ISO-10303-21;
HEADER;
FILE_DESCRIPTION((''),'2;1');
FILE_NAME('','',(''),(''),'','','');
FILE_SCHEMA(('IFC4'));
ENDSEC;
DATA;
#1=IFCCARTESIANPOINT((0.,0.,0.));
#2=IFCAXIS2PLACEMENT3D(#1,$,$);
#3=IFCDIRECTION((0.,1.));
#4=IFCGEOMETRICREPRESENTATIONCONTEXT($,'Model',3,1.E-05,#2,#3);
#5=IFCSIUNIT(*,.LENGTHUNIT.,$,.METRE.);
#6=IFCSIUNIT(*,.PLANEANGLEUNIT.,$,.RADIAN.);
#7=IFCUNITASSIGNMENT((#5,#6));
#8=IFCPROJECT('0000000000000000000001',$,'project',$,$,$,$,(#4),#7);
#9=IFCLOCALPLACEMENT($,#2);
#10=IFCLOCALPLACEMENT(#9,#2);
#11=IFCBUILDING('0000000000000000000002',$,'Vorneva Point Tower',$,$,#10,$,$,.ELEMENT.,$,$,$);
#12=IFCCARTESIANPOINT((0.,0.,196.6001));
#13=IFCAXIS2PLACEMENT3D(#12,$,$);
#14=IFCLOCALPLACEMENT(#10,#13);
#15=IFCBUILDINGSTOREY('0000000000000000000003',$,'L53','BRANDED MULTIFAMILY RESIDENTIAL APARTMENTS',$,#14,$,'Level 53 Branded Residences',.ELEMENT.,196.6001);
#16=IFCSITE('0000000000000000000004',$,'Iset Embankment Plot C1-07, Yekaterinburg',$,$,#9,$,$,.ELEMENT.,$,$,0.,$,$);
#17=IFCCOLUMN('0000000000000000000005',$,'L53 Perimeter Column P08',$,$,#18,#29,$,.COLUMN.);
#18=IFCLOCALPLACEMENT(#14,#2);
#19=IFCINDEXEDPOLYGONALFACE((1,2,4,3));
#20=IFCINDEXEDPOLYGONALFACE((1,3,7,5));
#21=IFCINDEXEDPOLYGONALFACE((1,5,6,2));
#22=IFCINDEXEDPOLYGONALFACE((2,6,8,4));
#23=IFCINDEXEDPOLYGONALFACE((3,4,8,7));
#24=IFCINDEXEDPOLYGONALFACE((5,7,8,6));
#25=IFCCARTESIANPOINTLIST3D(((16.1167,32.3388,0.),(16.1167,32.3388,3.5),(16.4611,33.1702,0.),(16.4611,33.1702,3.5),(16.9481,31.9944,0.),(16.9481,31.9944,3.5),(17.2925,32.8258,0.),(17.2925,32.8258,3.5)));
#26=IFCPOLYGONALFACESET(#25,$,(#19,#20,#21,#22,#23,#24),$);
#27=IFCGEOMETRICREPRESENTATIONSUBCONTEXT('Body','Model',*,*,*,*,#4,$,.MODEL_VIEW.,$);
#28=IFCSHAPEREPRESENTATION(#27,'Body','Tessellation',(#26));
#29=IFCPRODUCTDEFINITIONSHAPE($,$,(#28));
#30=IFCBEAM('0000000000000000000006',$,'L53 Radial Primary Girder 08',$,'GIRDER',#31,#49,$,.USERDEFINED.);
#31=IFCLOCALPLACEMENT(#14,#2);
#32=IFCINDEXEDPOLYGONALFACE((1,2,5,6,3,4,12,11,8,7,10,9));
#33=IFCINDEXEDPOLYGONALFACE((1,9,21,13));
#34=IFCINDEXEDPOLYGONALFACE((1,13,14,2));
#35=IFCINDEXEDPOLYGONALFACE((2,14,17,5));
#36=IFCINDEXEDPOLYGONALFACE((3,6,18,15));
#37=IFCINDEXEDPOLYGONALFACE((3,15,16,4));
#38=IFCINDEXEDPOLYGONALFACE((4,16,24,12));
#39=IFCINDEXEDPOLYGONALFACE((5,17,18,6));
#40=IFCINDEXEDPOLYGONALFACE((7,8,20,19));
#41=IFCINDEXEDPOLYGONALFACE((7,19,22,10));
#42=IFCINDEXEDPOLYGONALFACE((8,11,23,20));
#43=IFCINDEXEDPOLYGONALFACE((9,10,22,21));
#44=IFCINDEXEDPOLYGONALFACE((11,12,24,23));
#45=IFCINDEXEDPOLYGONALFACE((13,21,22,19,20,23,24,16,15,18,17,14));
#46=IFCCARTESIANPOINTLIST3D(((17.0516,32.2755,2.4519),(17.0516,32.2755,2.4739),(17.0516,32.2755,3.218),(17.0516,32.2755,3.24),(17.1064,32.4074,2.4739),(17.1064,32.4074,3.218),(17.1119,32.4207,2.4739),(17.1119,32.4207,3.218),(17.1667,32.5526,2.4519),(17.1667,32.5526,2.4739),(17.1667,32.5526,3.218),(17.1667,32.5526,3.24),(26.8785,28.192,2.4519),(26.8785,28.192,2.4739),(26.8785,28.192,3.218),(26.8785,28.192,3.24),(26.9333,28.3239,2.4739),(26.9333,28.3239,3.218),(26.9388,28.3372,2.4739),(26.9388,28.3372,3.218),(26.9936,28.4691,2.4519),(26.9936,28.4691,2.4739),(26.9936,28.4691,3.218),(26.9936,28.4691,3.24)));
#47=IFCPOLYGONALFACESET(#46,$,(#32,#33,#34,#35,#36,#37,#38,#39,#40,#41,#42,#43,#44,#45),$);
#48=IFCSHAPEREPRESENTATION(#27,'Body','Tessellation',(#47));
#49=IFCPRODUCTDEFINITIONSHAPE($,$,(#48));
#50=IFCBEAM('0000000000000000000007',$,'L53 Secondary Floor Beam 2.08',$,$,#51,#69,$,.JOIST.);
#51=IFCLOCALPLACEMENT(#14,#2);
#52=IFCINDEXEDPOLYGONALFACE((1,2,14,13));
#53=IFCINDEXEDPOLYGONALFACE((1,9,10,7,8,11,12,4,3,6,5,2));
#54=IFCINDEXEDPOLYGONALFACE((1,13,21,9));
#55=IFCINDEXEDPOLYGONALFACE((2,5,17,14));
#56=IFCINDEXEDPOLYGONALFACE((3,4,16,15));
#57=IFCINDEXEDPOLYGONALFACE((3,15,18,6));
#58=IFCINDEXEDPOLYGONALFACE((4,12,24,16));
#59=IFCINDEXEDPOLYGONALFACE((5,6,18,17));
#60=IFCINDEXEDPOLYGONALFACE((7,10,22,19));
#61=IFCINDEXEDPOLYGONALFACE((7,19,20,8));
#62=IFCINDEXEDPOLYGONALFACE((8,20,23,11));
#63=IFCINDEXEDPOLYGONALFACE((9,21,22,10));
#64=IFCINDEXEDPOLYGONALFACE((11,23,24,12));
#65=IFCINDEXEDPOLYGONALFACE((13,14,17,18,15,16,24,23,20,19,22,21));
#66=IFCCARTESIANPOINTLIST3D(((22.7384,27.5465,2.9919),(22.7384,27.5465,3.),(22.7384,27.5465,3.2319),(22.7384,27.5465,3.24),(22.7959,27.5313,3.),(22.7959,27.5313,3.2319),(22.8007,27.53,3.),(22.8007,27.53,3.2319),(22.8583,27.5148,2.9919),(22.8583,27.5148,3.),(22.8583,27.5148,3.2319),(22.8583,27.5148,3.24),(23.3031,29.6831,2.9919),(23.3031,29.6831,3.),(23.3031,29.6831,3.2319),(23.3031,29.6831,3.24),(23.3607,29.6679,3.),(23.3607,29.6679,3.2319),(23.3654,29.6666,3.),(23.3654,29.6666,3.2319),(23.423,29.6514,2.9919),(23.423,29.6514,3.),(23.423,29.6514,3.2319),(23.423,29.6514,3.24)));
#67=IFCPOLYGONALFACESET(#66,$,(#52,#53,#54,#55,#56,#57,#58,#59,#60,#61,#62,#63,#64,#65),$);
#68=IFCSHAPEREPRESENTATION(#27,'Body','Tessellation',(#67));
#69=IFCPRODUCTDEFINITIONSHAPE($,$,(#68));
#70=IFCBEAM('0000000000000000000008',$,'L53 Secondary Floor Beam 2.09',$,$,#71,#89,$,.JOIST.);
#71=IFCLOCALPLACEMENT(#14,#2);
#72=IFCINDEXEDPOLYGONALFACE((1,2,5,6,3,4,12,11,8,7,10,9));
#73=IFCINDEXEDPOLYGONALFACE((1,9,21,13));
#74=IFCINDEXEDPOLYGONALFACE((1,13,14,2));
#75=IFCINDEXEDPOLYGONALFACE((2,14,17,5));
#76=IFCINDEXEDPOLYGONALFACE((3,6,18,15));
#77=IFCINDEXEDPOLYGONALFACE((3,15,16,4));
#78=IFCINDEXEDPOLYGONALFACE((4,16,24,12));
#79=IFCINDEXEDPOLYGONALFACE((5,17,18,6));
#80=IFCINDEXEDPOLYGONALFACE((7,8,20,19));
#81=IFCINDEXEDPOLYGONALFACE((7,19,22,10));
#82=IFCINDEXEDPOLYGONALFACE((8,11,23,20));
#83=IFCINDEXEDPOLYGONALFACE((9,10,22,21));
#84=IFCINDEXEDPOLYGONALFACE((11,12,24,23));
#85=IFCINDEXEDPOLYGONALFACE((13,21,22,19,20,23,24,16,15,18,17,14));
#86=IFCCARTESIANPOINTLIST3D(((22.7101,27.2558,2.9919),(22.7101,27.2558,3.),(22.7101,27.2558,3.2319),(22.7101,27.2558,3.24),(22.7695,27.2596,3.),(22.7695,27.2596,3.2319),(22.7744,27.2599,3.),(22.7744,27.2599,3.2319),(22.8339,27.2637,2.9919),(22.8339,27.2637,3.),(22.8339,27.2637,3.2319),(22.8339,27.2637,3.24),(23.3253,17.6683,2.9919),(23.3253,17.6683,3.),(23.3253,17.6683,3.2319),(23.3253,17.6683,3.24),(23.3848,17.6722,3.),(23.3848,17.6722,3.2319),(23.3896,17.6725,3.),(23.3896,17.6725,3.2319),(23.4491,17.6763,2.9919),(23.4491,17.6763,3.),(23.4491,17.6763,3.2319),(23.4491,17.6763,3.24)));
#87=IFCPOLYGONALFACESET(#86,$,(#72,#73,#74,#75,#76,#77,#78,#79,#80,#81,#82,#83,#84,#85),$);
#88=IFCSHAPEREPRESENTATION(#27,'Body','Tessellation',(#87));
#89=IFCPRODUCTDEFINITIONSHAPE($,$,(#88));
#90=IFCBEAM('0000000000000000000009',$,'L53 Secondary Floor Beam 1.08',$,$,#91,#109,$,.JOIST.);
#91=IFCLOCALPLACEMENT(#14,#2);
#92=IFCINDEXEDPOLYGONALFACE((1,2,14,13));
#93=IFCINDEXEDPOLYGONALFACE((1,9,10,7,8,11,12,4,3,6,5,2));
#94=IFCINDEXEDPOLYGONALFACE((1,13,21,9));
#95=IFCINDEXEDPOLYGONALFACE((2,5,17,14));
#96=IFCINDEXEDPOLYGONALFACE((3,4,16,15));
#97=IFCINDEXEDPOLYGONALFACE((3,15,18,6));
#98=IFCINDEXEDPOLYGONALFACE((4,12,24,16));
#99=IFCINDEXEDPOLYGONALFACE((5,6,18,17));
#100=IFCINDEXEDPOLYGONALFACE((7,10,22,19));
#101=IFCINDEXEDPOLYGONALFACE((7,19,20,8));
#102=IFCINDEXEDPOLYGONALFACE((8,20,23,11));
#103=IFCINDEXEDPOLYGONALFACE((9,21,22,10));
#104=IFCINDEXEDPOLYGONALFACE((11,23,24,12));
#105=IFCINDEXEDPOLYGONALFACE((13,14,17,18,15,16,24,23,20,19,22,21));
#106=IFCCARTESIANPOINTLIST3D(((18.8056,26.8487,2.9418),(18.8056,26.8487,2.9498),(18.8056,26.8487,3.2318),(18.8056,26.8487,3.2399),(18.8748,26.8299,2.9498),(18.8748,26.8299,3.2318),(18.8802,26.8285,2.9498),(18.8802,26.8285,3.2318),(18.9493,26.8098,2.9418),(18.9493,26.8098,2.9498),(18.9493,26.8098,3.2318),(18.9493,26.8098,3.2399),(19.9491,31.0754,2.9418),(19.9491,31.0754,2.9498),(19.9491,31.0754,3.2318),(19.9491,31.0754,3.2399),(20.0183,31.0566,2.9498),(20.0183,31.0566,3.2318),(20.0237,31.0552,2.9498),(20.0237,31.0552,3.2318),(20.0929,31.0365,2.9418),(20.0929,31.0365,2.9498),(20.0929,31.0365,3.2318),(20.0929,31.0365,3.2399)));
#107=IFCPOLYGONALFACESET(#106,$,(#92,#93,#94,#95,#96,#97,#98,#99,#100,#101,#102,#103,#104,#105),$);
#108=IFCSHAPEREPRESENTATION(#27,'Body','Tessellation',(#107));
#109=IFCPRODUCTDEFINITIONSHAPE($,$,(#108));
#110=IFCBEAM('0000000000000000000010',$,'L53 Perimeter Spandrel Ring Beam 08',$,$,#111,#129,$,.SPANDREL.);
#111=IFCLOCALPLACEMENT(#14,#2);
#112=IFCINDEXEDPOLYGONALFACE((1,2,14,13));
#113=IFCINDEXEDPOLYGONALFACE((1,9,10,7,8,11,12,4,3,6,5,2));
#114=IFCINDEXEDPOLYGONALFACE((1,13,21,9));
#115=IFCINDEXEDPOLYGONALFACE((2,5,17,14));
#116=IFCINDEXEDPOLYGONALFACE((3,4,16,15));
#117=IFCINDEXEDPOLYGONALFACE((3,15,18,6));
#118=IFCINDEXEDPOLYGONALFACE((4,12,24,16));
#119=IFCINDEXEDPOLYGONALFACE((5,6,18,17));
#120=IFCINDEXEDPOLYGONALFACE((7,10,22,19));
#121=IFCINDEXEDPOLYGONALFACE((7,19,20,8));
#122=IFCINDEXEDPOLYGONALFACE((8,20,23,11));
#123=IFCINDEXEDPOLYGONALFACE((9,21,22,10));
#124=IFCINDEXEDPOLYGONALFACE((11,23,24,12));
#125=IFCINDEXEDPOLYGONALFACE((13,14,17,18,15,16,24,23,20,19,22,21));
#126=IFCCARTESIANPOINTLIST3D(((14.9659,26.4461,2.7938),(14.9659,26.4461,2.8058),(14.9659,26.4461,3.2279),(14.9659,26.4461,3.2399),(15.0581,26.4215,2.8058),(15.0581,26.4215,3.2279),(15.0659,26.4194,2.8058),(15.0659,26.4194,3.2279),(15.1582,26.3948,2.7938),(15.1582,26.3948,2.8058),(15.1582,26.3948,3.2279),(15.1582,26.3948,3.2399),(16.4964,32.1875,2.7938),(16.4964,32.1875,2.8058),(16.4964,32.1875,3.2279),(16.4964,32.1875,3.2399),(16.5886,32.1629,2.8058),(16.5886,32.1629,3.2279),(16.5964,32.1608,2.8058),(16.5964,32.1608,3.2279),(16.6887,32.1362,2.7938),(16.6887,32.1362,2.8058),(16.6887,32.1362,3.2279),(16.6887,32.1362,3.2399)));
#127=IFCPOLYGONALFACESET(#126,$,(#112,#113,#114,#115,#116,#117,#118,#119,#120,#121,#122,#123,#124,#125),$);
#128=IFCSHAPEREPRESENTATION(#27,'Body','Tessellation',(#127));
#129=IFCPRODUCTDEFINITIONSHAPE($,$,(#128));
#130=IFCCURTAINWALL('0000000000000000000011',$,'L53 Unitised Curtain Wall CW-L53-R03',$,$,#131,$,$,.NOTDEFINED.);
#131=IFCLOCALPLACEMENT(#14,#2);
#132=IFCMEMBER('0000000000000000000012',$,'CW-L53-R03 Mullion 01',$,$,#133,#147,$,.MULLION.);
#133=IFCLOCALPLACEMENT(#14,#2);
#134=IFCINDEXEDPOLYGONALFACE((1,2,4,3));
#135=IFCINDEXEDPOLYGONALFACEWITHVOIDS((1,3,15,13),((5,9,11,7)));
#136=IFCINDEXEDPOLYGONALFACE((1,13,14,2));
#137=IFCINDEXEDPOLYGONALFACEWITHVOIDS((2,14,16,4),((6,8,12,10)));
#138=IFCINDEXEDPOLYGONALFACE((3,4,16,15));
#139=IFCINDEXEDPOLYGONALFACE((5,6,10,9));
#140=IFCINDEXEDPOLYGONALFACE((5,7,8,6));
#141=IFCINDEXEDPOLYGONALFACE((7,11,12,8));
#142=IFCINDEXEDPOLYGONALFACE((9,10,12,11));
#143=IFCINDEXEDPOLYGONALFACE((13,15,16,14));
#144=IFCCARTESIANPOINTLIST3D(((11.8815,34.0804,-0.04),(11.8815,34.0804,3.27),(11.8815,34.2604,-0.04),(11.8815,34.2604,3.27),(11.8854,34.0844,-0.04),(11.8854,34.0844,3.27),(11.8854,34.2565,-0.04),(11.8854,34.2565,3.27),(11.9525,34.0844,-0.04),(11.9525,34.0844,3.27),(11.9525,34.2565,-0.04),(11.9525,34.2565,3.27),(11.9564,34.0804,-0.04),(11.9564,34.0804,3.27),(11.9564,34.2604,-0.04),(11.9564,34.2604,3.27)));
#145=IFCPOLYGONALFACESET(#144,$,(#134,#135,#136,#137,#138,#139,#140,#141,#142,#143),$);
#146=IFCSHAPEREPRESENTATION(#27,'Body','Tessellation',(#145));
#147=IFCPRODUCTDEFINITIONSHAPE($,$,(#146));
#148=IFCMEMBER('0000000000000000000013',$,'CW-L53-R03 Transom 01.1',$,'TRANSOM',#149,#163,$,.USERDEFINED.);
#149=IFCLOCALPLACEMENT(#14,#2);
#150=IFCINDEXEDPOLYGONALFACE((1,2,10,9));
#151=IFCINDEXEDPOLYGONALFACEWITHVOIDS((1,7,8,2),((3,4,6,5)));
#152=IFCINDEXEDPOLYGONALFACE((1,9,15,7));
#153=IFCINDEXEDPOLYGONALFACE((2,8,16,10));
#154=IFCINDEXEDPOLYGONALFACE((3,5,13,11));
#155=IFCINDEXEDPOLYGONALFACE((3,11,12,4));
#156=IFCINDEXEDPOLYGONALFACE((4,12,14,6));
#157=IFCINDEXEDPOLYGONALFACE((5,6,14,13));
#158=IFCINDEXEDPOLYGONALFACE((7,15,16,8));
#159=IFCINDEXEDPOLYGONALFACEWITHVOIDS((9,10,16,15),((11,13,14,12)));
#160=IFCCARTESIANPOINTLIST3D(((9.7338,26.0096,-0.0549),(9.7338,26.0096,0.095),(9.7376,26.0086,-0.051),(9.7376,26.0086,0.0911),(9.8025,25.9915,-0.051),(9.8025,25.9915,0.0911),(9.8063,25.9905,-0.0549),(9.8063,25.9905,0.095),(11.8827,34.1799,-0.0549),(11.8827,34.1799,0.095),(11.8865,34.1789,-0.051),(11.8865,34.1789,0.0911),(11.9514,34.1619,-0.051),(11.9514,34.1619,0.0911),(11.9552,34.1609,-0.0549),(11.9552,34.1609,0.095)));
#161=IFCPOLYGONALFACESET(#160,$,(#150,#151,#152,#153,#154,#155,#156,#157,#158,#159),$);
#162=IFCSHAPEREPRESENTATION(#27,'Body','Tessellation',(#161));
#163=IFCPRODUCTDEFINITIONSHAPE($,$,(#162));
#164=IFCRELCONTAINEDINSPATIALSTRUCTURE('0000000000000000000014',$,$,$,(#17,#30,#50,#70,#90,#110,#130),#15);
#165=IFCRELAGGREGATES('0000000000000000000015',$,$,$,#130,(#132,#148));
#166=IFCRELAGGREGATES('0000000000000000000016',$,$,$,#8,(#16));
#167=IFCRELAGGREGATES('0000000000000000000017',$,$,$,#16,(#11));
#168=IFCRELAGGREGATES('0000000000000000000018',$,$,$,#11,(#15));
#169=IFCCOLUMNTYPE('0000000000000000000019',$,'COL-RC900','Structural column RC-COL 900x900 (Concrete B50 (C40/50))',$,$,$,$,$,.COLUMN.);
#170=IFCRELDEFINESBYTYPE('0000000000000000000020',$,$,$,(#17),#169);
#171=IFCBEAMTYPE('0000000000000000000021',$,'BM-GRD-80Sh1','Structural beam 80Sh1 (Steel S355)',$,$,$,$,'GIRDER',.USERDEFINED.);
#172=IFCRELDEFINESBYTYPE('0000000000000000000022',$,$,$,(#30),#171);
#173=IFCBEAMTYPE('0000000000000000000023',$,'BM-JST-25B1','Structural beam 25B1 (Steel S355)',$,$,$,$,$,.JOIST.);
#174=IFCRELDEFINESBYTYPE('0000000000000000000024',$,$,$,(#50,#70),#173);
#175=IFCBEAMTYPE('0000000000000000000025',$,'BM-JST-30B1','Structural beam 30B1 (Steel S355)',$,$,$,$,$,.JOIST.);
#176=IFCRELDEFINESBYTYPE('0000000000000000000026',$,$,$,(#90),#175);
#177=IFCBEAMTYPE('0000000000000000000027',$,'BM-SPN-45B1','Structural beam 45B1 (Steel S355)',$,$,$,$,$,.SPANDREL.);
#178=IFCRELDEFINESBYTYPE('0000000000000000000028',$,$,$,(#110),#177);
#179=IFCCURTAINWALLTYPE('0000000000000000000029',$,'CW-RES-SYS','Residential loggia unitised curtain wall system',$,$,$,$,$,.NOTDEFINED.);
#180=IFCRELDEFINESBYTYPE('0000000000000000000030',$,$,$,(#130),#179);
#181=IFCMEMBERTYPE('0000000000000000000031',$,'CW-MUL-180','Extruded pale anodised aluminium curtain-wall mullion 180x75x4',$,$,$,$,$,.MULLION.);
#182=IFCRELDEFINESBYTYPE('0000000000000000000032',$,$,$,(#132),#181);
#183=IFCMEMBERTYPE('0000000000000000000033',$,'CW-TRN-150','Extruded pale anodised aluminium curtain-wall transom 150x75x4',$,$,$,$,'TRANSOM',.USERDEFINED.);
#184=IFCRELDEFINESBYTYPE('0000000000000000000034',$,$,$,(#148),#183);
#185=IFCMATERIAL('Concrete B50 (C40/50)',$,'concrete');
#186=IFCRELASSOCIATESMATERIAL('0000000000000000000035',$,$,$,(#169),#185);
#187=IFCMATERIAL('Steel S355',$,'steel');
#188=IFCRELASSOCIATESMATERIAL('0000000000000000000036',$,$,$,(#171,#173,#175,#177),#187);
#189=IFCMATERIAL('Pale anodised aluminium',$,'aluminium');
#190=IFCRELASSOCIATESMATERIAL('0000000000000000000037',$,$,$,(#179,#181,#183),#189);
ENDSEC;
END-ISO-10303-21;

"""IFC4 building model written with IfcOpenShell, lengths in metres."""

from ifc_helpers import new_model, si_unit, direction, frame, origin, origin_2d, place, context, subcontext, project, spatial, rectangle, hollow_rectangle, i_section, extrude, material, material_profile, profile_set, type_object, element, aggregate, save


model = new_model("IFC4")

# Units and contexts
model_context = context("Model", 3, precision=1e-05, world=origin(), true_north=direction((0.0, 1.0)))
body_context = subcontext(model_context, "Body", "Model", "MODEL_VIEW")
ifc_project = project(units=[si_unit("LENGTHUNIT", "METRE"), si_unit("PLANEANGLEUNIT", "RADIAN")], contexts=[model_context])

# Site, building, storey
site_placement = place(None, origin())
site = spatial("IfcSite", under=ifc_project, at=site_placement, Name="Iset Embankment Plot C1-07, Yekaterinburg", CompositionType="ELEMENT", RefElevation=0.0)
building_placement = place(site_placement, origin())
building = spatial("IfcBuilding", under=site, at=building_placement, Name="Vorneva Point Tower", CompositionType="ELEMENT")
storey_placement = place(building_placement, frame((0.0, 0.0, 196.6001)))
storey = spatial("IfcBuildingStorey", under=building, at=storey_placement, Name="L53", Description="BRANDED MULTIFAMILY RESIDENTIAL APARTMENTS", LongName="Level 53 Branded Residences", CompositionType="ELEMENT", Elevation=196.6001)

# Column
ifc_material_1 = material(Name="Concrete B50 (C40/50)", Category="concrete")
ifc_material_profile_1 = material_profile(ifc_material_1, rectangle(XDim=0.8999, YDim=0.8999, at=origin_2d()), Name="RC-COL 900x900")
ifc_profile_set_1 = profile_set([ifc_material_profile_1], Name="Concrete B50 (C40/50)")
column_type = type_object("IfcColumnType", Name="COL-RC900", Description="Structural column RC-COL 900x900 (Concrete B50 (C40/50))", PredefinedType="COLUMN", material=ifc_profile_set_1)
column_placement = place(storey_placement, frame((16.7046, 32.5823, 0.0), z_axis=(0.0, 0.0, 1.0), x_axis=(-0.92388, 0.382683, 0.0)))
element("IfcColumn", 1, at=column_placement, inside=storey, type_object=column_type, Name="L53 Perimeter Column P08", PredefinedType="COLUMN", context=body_context, shape_type="SweptSolid", body=[
    extrude(rectangle(XDim=0.8999, YDim=0.8999, at=origin_2d()), origin(), (0.0, 0.0, 1.0), 3.5),
])

# Beams
ifc_material_2 = material(Name="Steel S355", Category="steel")
ifc_material_profile_2 = material_profile(ifc_material_2, i_section(OverallWidth=0.3, OverallDepth=0.7881, WebThickness=0.0144, FlangeThickness=0.022, at=origin_2d()), Name="80Sh1")
ifc_profile_set_2 = profile_set([ifc_material_profile_2], Name="Steel S355")
beam_type_1 = type_object("IfcBeamType", Name="BM-GRD-80Sh1", Description="Structural beam 80Sh1 (Steel S355)", ElementType="GIRDER", PredefinedType="USERDEFINED", material=ifc_profile_set_2)
beam_1_placement = place(storey_placement, frame((17.1091, 32.4141, 2.8459), z_axis=(0.923445, -0.383731, 0.0), x_axis=(0.383731, 0.923445, 0.0)))
element("IfcBeam", 2, at=beam_1_placement, inside=storey, type_object=beam_type_1, Name="L53 Radial Primary Girder 08", ObjectType="GIRDER", PredefinedType="USERDEFINED", context=body_context, shape_type="SweptSolid", body=[
    extrude(i_section(OverallWidth=0.3, OverallDepth=0.7881, WebThickness=0.0144, FlangeThickness=0.022, at=origin_2d()), origin(), (0.0, 0.0, 1.0), 10.6416),
])
ifc_material_profile_3 = material_profile(ifc_material_2, i_section(OverallWidth=0.124, OverallDepth=0.248, WebThickness=0.0049, FlangeThickness=0.0081, at=origin_2d()), Name="25B1")
ifc_profile_set_3 = profile_set([ifc_material_profile_3], Name="Steel S355")
beam_type_2 = type_object("IfcBeamType", Name="BM-JST-25B1", Description="Structural beam 25B1 (Steel S355)", PredefinedType="JOIST", material=ifc_profile_set_3)
beam_2_placement = place(storey_placement, frame((23.363, 29.6672, 3.116), z_axis=(-0.255537, -0.966799, 0.0), x_axis=(0.966799, -0.255537, 0.0)))
element("IfcBeam", 3, at=beam_2_placement, inside=storey, type_object=beam_type_2, Name="L53 Secondary Floor Beam 2.08", PredefinedType="JOIST", context=body_context, shape_type="SweptSolid", body=[
    extrude(i_section(OverallWidth=0.124, OverallDepth=0.248, WebThickness=0.0049, FlangeThickness=0.0081, at=origin_2d()), origin(), (0.0, 0.0, 1.0), 2.21),
])
beam_3_placement = place(storey_placement, frame((22.772, 27.2598, 3.116), z_axis=(0.064039, -0.997947, 0.0), x_axis=(0.997947, 0.064039, 0.0)))
element("IfcBeam", 4, at=beam_3_placement, inside=storey, type_object=beam_type_2, Name="L53 Secondary Floor Beam 2.09", PredefinedType="JOIST", context=body_context, shape_type="SweptSolid", body=[
    extrude(i_section(OverallWidth=0.124, OverallDepth=0.248, WebThickness=0.0049, FlangeThickness=0.0081, at=origin_2d()), origin(), (0.0, 0.0, 1.0), 9.6072),
])
ifc_material_profile_4 = material_profile(ifc_material_2, i_section(OverallWidth=0.1489, OverallDepth=0.2981, WebThickness=0.0056, FlangeThickness=0.0081, at=origin_2d()), Name="30B1")
ifc_profile_set_4 = profile_set([ifc_material_profile_4], Name="Steel S355")
beam_type_3 = type_object("IfcBeamType", Name="BM-JST-30B1", Description="Structural beam 30B1 (Steel S355)", PredefinedType="JOIST", material=ifc_profile_set_4)
beam_4_placement = place(storey_placement, frame((20.021, 31.0559, 3.0908), z_axis=(-0.261159, -0.965296, 0.0), x_axis=(0.965296, -0.261159, 0.0)))
element("IfcBeam", 5, at=beam_4_placement, inside=storey, type_object=beam_type_3, Name="L53 Secondary Floor Beam 1.08", PredefinedType="JOIST", context=body_context, shape_type="SweptSolid", body=[
    extrude(i_section(OverallWidth=0.1489, OverallDepth=0.2981, WebThickness=0.0056, FlangeThickness=0.0081, at=origin_2d()), origin(), (0.0, 0.0, 1.0), 4.3787),
])
ifc_material_profile_5 = material_profile(ifc_material_2, i_section(OverallWidth=0.199, OverallDepth=0.446, WebThickness=0.0081, FlangeThickness=0.012, at=origin_2d()), Name="45B1")
ifc_profile_set_5 = profile_set([ifc_material_profile_5], Name="Steel S355")
beam_type_4 = type_object("IfcBeamType", Name="BM-SPN-45B1", Description="Structural beam 45B1 (Steel S355)", PredefinedType="SPANDREL", material=ifc_profile_set_5)
beam_5_placement = place(storey_placement, frame((16.5925, 32.1619, 3.0168), z_axis=(-0.257578, -0.966257, 0.0), x_axis=(0.966257, -0.257578, 0.0)))
element("IfcBeam", 6, at=beam_5_placement, inside=storey, type_object=beam_type_4, Name="L53 Perimeter Spandrel Ring Beam 08", PredefinedType="SPANDREL", context=body_context, shape_type="SweptSolid", body=[
    extrude(i_section(OverallWidth=0.199, OverallDepth=0.446, WebThickness=0.0081, FlangeThickness=0.012, at=origin_2d()), origin(), (0.0, 0.0, 1.0), 5.9419),
])

# Curtain wall, members
ifc_material_3 = material(Name="Pale anodised aluminium", Category="aluminium")
curtain_wall_type = type_object("IfcCurtainWallType", Name="CW-RES-SYS", Description="Residential loggia unitised curtain wall system", PredefinedType="NOTDEFINED", material=ifc_material_3)
curtain_wall_placement = place(storey_placement, origin())
curtain_wall = element("IfcCurtainWall", 7, at=curtain_wall_placement, inside=storey, type_object=curtain_wall_type, Name="L53 Unitised Curtain Wall CW-L53-R03", PredefinedType="NOTDEFINED")
ifc_material_profile_6 = material_profile(ifc_material_3, hollow_rectangle(XDim=0.075, YDim=0.1799, WallThickness=0.0039, at=origin_2d()), Name="AL-MUL 180x75x4")
ifc_profile_set_6 = profile_set([ifc_material_profile_6], Name="Pale anodised aluminium")
member_type_1 = type_object("IfcMemberType", Name="CW-MUL-180", Description="Extruded pale anodised aluminium curtain-wall mullion 180x75x4", PredefinedType="MULLION", material=ifc_profile_set_6)
member_1_placement = place(storey_placement, frame((11.9189, 34.1704, -0.04), z_axis=(0.0, 0.0, 1.0), x_axis=(1.0, 0.0, 0.0)))
member_1 = element("IfcMember", 8, at=member_1_placement, type_object=member_type_1, Name="CW-L53-R03 Mullion 01", PredefinedType="MULLION", context=body_context, shape_type="SweptSolid", body=[
    extrude(hollow_rectangle(XDim=0.075, YDim=0.1799, WallThickness=0.0039, at=origin_2d()), origin(), (0.0, 0.0, 1.0), 3.3101),
])
ifc_material_profile_7 = material_profile(ifc_material_3, hollow_rectangle(XDim=0.075, YDim=0.1499, WallThickness=0.0039, at=origin_2d()), Name="AL-TRN 150x75x4")
ifc_profile_set_7 = profile_set([ifc_material_profile_7], Name="Pale anodised aluminium")
member_type_2 = type_object("IfcMemberType", Name="CW-TRN-150", Description="Extruded pale anodised aluminium curtain-wall transom 150x75x4", ElementType="TRANSOM", PredefinedType="USERDEFINED", material=ifc_profile_set_7)
member_2_placement = place(storey_placement, frame((11.9189, 34.1704, 0.02), z_axis=(-0.254362, -0.967109, 0.0), x_axis=(0.967109, -0.254362, 0.0)))
member_2 = element("IfcMember", 9, at=member_2_placement, type_object=member_type_2, Name="CW-L53-R03 Transom 01.1", ObjectType="TRANSOM", PredefinedType="USERDEFINED", context=body_context, shape_type="SweptSolid", body=[
    extrude(hollow_rectangle(XDim=0.075, YDim=0.1499, WallThickness=0.0039, at=origin_2d()), origin(), (0.0, 0.0, 1.0), 8.4482),
])
aggregate(curtain_wall, [member_1, member_2])

save(model, "model.ifc")
